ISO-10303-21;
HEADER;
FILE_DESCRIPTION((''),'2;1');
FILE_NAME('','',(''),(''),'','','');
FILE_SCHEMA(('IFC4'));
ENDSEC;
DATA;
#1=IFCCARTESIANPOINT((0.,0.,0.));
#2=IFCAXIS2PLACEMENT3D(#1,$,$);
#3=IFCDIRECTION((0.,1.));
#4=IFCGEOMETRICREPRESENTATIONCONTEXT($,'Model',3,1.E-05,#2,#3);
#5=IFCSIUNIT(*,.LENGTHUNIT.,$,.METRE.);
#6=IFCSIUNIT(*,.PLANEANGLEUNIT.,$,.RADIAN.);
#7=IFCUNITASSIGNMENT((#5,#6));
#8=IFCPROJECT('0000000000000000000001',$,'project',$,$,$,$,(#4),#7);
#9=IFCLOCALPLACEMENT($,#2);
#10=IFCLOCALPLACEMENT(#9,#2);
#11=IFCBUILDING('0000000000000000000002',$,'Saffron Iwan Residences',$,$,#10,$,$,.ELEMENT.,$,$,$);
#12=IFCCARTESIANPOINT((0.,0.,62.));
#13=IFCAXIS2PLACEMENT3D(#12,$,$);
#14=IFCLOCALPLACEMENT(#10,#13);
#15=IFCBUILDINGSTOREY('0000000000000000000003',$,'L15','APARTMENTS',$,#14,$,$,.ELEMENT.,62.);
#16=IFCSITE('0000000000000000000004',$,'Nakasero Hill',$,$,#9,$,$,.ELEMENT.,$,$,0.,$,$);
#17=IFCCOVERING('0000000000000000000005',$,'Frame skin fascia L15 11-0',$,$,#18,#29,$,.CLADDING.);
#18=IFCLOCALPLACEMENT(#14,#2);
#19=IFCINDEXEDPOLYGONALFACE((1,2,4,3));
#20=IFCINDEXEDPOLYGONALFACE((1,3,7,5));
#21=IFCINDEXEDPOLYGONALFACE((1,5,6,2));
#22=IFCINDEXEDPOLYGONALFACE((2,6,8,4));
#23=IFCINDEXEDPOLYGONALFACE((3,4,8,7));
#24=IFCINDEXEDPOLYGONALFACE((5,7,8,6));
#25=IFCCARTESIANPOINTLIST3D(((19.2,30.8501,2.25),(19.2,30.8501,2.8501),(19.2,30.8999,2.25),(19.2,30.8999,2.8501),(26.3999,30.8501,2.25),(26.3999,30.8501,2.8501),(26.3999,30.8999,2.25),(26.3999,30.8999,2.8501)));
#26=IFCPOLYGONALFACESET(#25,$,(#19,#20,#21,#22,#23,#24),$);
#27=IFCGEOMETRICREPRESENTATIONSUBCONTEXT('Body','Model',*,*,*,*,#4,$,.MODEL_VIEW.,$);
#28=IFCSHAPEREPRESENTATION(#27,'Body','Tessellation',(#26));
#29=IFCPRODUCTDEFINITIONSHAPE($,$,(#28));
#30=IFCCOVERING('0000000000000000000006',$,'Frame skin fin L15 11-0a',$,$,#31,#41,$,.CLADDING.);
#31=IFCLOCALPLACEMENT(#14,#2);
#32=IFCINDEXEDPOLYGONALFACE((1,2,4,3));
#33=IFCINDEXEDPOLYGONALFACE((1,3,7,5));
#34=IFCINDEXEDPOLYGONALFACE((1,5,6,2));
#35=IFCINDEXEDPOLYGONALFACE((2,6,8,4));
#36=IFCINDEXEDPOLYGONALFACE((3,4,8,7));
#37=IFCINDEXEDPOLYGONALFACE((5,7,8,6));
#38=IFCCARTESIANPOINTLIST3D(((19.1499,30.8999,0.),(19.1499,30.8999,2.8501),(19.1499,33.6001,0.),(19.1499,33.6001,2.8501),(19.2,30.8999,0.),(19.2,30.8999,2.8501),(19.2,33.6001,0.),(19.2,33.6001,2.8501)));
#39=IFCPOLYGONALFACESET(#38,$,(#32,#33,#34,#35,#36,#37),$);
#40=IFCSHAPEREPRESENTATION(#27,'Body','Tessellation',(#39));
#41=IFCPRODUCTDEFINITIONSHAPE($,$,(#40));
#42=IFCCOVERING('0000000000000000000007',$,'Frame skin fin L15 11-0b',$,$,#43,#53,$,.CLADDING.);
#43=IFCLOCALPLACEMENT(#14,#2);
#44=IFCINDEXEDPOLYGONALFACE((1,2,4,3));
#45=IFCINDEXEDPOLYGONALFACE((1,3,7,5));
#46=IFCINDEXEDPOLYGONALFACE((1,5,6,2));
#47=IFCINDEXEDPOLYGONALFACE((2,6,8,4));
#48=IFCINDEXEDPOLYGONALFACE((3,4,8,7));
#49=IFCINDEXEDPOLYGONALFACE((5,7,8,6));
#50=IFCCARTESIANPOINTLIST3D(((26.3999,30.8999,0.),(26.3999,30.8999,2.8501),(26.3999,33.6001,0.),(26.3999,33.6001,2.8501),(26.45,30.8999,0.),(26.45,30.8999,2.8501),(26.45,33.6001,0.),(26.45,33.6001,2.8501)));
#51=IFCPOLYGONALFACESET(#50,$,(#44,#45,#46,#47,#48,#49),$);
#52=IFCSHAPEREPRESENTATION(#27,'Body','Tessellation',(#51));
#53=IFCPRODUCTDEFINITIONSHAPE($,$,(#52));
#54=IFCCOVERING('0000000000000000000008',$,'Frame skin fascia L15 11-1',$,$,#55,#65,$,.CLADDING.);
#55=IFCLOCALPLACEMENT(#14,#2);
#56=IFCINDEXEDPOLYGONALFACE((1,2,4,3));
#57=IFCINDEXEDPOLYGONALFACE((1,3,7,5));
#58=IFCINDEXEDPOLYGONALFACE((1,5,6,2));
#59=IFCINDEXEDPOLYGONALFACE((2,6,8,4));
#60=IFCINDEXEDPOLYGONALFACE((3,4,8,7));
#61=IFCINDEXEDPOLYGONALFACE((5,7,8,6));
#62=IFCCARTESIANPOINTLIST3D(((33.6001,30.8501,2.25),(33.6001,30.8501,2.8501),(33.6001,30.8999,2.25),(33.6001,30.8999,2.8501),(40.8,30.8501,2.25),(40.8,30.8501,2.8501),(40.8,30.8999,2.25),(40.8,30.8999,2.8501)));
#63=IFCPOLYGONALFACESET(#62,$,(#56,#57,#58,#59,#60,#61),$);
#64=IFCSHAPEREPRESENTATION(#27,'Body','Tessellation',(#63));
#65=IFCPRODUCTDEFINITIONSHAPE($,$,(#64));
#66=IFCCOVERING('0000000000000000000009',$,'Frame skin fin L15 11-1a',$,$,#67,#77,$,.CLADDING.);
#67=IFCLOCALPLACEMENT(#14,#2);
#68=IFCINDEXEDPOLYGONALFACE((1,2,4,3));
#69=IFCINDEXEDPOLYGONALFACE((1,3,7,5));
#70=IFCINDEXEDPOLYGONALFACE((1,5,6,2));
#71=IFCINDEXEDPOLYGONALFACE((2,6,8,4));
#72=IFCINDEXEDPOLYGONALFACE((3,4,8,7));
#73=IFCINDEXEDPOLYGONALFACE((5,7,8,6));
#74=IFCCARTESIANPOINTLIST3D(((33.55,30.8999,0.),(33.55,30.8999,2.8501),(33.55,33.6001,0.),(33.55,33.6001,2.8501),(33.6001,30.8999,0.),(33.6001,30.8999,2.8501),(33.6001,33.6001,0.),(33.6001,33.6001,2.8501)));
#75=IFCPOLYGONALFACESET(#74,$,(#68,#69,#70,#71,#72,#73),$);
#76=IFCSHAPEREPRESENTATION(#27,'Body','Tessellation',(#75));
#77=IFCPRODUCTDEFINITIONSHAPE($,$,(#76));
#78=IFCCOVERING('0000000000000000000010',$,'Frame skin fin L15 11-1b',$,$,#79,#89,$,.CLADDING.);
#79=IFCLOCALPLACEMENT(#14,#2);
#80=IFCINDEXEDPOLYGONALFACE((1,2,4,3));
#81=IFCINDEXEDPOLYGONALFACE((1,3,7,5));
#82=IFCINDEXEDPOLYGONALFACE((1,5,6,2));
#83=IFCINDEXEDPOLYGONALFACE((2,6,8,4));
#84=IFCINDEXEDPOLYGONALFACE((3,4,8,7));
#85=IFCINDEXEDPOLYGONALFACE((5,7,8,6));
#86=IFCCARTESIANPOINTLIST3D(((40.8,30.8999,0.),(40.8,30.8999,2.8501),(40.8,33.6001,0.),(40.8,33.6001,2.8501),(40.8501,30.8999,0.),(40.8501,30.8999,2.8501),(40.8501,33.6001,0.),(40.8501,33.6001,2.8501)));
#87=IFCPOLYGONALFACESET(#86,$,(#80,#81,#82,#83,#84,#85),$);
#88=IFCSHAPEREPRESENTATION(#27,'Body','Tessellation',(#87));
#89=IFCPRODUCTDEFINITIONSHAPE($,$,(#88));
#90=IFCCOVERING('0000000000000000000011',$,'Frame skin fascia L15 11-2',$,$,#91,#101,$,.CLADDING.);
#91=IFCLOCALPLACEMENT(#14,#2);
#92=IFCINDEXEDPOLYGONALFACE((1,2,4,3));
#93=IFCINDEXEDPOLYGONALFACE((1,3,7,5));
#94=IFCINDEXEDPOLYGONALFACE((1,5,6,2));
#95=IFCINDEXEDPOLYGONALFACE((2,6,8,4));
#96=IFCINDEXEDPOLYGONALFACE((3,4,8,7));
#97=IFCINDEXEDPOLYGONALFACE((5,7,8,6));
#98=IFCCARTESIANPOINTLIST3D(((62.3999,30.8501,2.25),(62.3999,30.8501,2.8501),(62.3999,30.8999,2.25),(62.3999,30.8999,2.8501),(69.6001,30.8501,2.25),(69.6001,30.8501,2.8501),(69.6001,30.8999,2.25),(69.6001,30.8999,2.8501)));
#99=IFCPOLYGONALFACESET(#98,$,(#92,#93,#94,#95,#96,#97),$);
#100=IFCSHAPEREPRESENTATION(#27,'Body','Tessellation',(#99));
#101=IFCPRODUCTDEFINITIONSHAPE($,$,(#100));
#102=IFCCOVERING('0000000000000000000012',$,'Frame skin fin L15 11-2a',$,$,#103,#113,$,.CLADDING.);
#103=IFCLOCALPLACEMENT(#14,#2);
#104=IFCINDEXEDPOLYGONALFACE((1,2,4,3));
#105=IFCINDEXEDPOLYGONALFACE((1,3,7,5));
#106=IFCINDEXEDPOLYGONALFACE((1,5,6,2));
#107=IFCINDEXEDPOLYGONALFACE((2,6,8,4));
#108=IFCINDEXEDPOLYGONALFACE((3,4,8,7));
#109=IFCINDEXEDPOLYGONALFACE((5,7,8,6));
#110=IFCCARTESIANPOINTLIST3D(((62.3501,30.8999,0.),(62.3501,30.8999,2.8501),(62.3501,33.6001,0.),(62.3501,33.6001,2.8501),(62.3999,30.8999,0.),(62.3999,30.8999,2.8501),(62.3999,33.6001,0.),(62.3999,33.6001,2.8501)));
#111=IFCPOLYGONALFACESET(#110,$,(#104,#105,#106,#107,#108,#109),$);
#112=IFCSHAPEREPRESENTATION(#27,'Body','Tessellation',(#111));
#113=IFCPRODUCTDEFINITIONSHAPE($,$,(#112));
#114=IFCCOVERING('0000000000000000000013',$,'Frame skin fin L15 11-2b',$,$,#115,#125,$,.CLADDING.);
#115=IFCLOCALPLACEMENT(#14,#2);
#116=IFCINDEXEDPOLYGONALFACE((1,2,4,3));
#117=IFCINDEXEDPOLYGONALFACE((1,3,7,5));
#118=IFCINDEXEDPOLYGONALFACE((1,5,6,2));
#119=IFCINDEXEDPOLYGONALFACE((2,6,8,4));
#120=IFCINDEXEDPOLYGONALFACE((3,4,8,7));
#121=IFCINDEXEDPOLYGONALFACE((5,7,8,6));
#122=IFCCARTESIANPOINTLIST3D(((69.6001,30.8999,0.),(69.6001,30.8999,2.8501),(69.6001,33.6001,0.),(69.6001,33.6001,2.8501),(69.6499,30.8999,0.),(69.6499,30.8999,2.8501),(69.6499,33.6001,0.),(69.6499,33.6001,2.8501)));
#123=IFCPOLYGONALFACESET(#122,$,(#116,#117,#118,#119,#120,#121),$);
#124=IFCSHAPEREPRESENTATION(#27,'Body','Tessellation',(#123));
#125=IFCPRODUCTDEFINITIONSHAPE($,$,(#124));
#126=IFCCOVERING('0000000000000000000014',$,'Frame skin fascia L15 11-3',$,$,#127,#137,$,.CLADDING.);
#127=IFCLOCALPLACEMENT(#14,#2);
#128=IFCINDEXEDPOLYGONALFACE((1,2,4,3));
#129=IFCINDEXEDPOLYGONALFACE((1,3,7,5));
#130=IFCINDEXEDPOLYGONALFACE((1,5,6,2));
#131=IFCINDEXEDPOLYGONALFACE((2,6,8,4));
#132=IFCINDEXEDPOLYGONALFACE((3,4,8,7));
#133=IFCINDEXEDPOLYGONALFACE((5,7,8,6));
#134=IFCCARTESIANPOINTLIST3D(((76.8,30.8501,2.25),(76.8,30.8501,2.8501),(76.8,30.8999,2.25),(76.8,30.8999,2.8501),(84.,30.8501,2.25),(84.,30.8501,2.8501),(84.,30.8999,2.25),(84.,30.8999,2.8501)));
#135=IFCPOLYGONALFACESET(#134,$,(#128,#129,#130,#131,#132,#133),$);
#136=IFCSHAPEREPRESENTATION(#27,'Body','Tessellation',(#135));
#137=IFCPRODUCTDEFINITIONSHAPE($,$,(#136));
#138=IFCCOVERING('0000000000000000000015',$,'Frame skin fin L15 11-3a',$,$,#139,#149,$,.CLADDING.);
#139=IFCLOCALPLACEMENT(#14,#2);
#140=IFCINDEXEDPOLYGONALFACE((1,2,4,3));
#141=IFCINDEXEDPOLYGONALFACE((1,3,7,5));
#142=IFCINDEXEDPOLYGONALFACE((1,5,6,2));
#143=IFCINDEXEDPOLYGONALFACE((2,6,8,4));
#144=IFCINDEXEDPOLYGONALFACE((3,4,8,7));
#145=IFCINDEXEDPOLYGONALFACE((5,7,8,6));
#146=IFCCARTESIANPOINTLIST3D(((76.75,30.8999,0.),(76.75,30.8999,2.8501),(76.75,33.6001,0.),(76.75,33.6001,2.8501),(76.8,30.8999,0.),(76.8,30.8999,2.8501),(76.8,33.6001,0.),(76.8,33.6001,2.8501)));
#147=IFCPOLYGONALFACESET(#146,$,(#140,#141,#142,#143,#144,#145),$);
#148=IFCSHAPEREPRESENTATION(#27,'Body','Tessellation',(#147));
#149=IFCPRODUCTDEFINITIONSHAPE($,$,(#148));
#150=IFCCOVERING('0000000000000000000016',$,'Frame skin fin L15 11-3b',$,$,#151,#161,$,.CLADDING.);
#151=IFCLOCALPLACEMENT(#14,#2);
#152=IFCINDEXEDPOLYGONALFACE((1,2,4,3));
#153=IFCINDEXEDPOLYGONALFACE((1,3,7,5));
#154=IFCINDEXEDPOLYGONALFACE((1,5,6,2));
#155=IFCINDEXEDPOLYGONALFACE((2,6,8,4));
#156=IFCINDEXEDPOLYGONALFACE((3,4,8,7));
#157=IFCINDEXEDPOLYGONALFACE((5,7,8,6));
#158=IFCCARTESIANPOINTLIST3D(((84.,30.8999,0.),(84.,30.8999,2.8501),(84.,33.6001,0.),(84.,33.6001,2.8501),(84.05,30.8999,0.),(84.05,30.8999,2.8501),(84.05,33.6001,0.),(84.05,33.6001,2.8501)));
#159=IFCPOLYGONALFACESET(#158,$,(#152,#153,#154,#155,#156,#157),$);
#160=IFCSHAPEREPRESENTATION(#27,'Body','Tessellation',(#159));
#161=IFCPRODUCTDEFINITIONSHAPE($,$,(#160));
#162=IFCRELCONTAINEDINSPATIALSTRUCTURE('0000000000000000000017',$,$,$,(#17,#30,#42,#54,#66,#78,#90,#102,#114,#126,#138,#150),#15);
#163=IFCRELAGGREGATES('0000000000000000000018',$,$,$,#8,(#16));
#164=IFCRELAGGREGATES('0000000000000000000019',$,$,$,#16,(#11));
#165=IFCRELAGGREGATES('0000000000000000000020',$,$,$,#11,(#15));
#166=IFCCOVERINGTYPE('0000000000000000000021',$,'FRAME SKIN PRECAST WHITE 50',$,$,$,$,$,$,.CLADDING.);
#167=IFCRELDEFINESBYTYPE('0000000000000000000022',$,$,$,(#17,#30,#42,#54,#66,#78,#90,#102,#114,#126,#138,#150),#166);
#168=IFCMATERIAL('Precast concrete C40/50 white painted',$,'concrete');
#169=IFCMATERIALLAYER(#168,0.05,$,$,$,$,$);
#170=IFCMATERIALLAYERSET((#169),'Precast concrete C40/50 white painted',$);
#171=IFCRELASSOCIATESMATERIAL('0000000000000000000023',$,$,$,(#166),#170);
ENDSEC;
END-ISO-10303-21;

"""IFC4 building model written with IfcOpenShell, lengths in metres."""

from ifc_helpers import new_model, si_unit, direction, frame, origin, place, context, subcontext, project, spatial, polyline, outline, extrude, material, layer, layer_set, type_object, element, save


model = new_model("IFC4")

# Units and contexts
model_context = context("Model", 3, precision=1e-05, world=origin(), true_north=direction((0.0, 1.0)))
body_context = subcontext(model_context, "Body", "Model", "MODEL_VIEW")
ifc_project = project(units=[si_unit("LENGTHUNIT", "METRE"), si_unit("PLANEANGLEUNIT", "RADIAN")], contexts=[model_context])

# Site, building, storey
site_placement = place(None, origin())
site = spatial("IfcSite", under=ifc_project, at=site_placement, Name="Nakasero Hill", CompositionType="ELEMENT", RefElevation=0.0)
building_placement = place(site_placement, origin())
building = spatial("IfcBuilding", under=site, at=building_placement, Name="Saffron Iwan Residences", CompositionType="ELEMENT")
storey_placement = place(building_placement, frame((0.0, 0.0, 62.0)))
storey = spatial("IfcBuildingStorey", under=building, at=storey_placement, Name="L15", Description="APARTMENTS", CompositionType="ELEMENT", Elevation=62.0)

# Coverings
ifc_material_1 = material(Name="Precast concrete C40/50 white painted", Category="concrete")
ifc_layer_1 = layer(ifc_material_1, 0.05)
ifc_layer_set_1 = layer_set([ifc_layer_1], Name="Precast concrete C40/50 white painted")
covering_type = type_object("IfcCoveringType", Name="FRAME SKIN PRECAST WHITE 50", PredefinedType="CLADDING", material=ifc_layer_set_1)
covering_1_placement = place(storey_placement, frame((0.0, 0.0, 2.25)))
element("IfcCovering", 1, at=covering_1_placement, inside=storey, type_object=covering_type, Name="Frame skin fascia L15 11-0", PredefinedType="CLADDING", context=body_context, shape_type="SweptSolid", body=[
    extrude(outline(polyline([(19.2, 30.8501), (26.3999, 30.8501), (26.3999, 30.8999), (19.2, 30.8999), (19.2, 30.8501)])), origin(), (0.0, 0.0, 1.0), 0.6001),
])
covering_2_placement = place(storey_placement, origin())
element("IfcCovering", 2, at=covering_2_placement, inside=storey, type_object=covering_type, Name="Frame skin fin L15 11-0a", PredefinedType="CLADDING", context=body_context, shape_type="SweptSolid", body=[
    extrude(outline(polyline([(19.1499, 30.8999), (19.2, 30.8999), (19.2, 33.6001), (19.1499, 33.6001), (19.1499, 30.8999)])), origin(), (0.0, 0.0, 1.0), 2.8501),
])
covering_3_placement = place(storey_placement, origin())
element("IfcCovering", 3, at=covering_3_placement, inside=storey, type_object=covering_type, Name="Frame skin fin L15 11-0b", PredefinedType="CLADDING", context=body_context, shape_type="SweptSolid", body=[
    extrude(outline(polyline([(26.3999, 30.8999), (26.45, 30.8999), (26.45, 33.6001), (26.3999, 33.6001), (26.3999, 30.8999)])), origin(), (0.0, 0.0, 1.0), 2.8501),
])
covering_4_placement = place(storey_placement, frame((0.0, 0.0, 2.25)))
element("IfcCovering", 4, at=covering_4_placement, inside=storey, type_object=covering_type, Name="Frame skin fascia L15 11-1", PredefinedType="CLADDING", context=body_context, shape_type="SweptSolid", body=[
    extrude(outline(polyline([(33.6001, 30.8501), (40.8, 30.8501), (40.8, 30.8999), (33.6001, 30.8999), (33.6001, 30.8501)])), origin(), (0.0, 0.0, 1.0), 0.6001),
])
covering_5_placement = place(storey_placement, origin())
element("IfcCovering", 5, at=covering_5_placement, inside=storey, type_object=covering_type, Name="Frame skin fin L15 11-1a", PredefinedType="CLADDING", context=body_context, shape_type="SweptSolid", body=[
    extrude(outline(polyline([(33.55, 30.8999), (33.6001, 30.8999), (33.6001, 33.6001), (33.55, 33.6001), (33.55, 30.8999)])), origin(), (0.0, 0.0, 1.0), 2.8501),
])
covering_6_placement = place(storey_placement, origin())
element("IfcCovering", 6, at=covering_6_placement, inside=storey, type_object=covering_type, Name="Frame skin fin L15 11-1b", PredefinedType="CLADDING", context=body_context, shape_type="SweptSolid", body=[
    extrude(outline(polyline([(40.8, 30.8999), (40.8501, 30.8999), (40.8501, 33.6001), (40.8, 33.6001), (40.8, 30.8999)])), origin(), (0.0, 0.0, 1.0), 2.8501),
])
covering_7_placement = place(storey_placement, frame((0.0, 0.0, 2.25)))
element("IfcCovering", 7, at=covering_7_placement, inside=storey, type_object=covering_type, Name="Frame skin fascia L15 11-2", PredefinedType="CLADDING", context=body_context, shape_type="SweptSolid", body=[
    extrude(outline(polyline([(62.3999, 30.8501), (69.6001, 30.8501), (69.6001, 30.8999), (62.3999, 30.8999), (62.3999, 30.8501)])), origin(), (0.0, 0.0, 1.0), 0.6001),
])
covering_8_placement = place(storey_placement, origin())
element("IfcCovering", 8, at=covering_8_placement, inside=storey, type_object=covering_type, Name="Frame skin fin L15 11-2a", PredefinedType="CLADDING", context=body_context, shape_type="SweptSolid", body=[
    extrude(outline(polyline([(62.3501, 30.8999), (62.3999, 30.8999), (62.3999, 33.6001), (62.3501, 33.6001), (62.3501, 30.8999)])), origin(), (0.0, 0.0, 1.0), 2.8501),
])
covering_9_placement = place(storey_placement, origin())
element("IfcCovering", 9, at=covering_9_placement, inside=storey, type_object=covering_type, Name="Frame skin fin L15 11-2b", PredefinedType="CLADDING", context=body_context, shape_type="SweptSolid", body=[
    extrude(outline(polyline([(69.6001, 30.8999), (69.6499, 30.8999), (69.6499, 33.6001), (69.6001, 33.6001), (69.6001, 30.8999)])), origin(), (0.0, 0.0, 1.0), 2.8501),
])
covering_10_placement = place(storey_placement, frame((0.0, 0.0, 2.25)))
element("IfcCovering", 10, at=covering_10_placement, inside=storey, type_object=covering_type, Name="Frame skin fascia L15 11-3", PredefinedType="CLADDING", context=body_context, shape_type="SweptSolid", body=[
    extrude(outline(polyline([(76.8, 30.8501), (84.0, 30.8501), (84.0, 30.8999), (76.8, 30.8999), (76.8, 30.8501)])), origin(), (0.0, 0.0, 1.0), 0.6001),
])
covering_11_placement = place(storey_placement, origin())
element("IfcCovering", 11, at=covering_11_placement, inside=storey, type_object=covering_type, Name="Frame skin fin L15 11-3a", PredefinedType="CLADDING", context=body_context, shape_type="SweptSolid", body=[
    extrude(outline(polyline([(76.75, 30.8999), (76.8, 30.8999), (76.8, 33.6001), (76.75, 33.6001), (76.75, 30.8999)])), origin(), (0.0, 0.0, 1.0), 2.8501),
])
covering_12_placement = place(storey_placement, origin())
element("IfcCovering", 12, at=covering_12_placement, inside=storey, type_object=covering_type, Name="Frame skin fin L15 11-3b", PredefinedType="CLADDING", context=body_context, shape_type="SweptSolid", body=[
    extrude(outline(polyline([(84.0, 30.8999), (84.05, 30.8999), (84.05, 33.6001), (84.0, 33.6001), (84.0, 30.8999)])), origin(), (0.0, 0.0, 1.0), 2.8501),
])

save(model, "model.ifc")
